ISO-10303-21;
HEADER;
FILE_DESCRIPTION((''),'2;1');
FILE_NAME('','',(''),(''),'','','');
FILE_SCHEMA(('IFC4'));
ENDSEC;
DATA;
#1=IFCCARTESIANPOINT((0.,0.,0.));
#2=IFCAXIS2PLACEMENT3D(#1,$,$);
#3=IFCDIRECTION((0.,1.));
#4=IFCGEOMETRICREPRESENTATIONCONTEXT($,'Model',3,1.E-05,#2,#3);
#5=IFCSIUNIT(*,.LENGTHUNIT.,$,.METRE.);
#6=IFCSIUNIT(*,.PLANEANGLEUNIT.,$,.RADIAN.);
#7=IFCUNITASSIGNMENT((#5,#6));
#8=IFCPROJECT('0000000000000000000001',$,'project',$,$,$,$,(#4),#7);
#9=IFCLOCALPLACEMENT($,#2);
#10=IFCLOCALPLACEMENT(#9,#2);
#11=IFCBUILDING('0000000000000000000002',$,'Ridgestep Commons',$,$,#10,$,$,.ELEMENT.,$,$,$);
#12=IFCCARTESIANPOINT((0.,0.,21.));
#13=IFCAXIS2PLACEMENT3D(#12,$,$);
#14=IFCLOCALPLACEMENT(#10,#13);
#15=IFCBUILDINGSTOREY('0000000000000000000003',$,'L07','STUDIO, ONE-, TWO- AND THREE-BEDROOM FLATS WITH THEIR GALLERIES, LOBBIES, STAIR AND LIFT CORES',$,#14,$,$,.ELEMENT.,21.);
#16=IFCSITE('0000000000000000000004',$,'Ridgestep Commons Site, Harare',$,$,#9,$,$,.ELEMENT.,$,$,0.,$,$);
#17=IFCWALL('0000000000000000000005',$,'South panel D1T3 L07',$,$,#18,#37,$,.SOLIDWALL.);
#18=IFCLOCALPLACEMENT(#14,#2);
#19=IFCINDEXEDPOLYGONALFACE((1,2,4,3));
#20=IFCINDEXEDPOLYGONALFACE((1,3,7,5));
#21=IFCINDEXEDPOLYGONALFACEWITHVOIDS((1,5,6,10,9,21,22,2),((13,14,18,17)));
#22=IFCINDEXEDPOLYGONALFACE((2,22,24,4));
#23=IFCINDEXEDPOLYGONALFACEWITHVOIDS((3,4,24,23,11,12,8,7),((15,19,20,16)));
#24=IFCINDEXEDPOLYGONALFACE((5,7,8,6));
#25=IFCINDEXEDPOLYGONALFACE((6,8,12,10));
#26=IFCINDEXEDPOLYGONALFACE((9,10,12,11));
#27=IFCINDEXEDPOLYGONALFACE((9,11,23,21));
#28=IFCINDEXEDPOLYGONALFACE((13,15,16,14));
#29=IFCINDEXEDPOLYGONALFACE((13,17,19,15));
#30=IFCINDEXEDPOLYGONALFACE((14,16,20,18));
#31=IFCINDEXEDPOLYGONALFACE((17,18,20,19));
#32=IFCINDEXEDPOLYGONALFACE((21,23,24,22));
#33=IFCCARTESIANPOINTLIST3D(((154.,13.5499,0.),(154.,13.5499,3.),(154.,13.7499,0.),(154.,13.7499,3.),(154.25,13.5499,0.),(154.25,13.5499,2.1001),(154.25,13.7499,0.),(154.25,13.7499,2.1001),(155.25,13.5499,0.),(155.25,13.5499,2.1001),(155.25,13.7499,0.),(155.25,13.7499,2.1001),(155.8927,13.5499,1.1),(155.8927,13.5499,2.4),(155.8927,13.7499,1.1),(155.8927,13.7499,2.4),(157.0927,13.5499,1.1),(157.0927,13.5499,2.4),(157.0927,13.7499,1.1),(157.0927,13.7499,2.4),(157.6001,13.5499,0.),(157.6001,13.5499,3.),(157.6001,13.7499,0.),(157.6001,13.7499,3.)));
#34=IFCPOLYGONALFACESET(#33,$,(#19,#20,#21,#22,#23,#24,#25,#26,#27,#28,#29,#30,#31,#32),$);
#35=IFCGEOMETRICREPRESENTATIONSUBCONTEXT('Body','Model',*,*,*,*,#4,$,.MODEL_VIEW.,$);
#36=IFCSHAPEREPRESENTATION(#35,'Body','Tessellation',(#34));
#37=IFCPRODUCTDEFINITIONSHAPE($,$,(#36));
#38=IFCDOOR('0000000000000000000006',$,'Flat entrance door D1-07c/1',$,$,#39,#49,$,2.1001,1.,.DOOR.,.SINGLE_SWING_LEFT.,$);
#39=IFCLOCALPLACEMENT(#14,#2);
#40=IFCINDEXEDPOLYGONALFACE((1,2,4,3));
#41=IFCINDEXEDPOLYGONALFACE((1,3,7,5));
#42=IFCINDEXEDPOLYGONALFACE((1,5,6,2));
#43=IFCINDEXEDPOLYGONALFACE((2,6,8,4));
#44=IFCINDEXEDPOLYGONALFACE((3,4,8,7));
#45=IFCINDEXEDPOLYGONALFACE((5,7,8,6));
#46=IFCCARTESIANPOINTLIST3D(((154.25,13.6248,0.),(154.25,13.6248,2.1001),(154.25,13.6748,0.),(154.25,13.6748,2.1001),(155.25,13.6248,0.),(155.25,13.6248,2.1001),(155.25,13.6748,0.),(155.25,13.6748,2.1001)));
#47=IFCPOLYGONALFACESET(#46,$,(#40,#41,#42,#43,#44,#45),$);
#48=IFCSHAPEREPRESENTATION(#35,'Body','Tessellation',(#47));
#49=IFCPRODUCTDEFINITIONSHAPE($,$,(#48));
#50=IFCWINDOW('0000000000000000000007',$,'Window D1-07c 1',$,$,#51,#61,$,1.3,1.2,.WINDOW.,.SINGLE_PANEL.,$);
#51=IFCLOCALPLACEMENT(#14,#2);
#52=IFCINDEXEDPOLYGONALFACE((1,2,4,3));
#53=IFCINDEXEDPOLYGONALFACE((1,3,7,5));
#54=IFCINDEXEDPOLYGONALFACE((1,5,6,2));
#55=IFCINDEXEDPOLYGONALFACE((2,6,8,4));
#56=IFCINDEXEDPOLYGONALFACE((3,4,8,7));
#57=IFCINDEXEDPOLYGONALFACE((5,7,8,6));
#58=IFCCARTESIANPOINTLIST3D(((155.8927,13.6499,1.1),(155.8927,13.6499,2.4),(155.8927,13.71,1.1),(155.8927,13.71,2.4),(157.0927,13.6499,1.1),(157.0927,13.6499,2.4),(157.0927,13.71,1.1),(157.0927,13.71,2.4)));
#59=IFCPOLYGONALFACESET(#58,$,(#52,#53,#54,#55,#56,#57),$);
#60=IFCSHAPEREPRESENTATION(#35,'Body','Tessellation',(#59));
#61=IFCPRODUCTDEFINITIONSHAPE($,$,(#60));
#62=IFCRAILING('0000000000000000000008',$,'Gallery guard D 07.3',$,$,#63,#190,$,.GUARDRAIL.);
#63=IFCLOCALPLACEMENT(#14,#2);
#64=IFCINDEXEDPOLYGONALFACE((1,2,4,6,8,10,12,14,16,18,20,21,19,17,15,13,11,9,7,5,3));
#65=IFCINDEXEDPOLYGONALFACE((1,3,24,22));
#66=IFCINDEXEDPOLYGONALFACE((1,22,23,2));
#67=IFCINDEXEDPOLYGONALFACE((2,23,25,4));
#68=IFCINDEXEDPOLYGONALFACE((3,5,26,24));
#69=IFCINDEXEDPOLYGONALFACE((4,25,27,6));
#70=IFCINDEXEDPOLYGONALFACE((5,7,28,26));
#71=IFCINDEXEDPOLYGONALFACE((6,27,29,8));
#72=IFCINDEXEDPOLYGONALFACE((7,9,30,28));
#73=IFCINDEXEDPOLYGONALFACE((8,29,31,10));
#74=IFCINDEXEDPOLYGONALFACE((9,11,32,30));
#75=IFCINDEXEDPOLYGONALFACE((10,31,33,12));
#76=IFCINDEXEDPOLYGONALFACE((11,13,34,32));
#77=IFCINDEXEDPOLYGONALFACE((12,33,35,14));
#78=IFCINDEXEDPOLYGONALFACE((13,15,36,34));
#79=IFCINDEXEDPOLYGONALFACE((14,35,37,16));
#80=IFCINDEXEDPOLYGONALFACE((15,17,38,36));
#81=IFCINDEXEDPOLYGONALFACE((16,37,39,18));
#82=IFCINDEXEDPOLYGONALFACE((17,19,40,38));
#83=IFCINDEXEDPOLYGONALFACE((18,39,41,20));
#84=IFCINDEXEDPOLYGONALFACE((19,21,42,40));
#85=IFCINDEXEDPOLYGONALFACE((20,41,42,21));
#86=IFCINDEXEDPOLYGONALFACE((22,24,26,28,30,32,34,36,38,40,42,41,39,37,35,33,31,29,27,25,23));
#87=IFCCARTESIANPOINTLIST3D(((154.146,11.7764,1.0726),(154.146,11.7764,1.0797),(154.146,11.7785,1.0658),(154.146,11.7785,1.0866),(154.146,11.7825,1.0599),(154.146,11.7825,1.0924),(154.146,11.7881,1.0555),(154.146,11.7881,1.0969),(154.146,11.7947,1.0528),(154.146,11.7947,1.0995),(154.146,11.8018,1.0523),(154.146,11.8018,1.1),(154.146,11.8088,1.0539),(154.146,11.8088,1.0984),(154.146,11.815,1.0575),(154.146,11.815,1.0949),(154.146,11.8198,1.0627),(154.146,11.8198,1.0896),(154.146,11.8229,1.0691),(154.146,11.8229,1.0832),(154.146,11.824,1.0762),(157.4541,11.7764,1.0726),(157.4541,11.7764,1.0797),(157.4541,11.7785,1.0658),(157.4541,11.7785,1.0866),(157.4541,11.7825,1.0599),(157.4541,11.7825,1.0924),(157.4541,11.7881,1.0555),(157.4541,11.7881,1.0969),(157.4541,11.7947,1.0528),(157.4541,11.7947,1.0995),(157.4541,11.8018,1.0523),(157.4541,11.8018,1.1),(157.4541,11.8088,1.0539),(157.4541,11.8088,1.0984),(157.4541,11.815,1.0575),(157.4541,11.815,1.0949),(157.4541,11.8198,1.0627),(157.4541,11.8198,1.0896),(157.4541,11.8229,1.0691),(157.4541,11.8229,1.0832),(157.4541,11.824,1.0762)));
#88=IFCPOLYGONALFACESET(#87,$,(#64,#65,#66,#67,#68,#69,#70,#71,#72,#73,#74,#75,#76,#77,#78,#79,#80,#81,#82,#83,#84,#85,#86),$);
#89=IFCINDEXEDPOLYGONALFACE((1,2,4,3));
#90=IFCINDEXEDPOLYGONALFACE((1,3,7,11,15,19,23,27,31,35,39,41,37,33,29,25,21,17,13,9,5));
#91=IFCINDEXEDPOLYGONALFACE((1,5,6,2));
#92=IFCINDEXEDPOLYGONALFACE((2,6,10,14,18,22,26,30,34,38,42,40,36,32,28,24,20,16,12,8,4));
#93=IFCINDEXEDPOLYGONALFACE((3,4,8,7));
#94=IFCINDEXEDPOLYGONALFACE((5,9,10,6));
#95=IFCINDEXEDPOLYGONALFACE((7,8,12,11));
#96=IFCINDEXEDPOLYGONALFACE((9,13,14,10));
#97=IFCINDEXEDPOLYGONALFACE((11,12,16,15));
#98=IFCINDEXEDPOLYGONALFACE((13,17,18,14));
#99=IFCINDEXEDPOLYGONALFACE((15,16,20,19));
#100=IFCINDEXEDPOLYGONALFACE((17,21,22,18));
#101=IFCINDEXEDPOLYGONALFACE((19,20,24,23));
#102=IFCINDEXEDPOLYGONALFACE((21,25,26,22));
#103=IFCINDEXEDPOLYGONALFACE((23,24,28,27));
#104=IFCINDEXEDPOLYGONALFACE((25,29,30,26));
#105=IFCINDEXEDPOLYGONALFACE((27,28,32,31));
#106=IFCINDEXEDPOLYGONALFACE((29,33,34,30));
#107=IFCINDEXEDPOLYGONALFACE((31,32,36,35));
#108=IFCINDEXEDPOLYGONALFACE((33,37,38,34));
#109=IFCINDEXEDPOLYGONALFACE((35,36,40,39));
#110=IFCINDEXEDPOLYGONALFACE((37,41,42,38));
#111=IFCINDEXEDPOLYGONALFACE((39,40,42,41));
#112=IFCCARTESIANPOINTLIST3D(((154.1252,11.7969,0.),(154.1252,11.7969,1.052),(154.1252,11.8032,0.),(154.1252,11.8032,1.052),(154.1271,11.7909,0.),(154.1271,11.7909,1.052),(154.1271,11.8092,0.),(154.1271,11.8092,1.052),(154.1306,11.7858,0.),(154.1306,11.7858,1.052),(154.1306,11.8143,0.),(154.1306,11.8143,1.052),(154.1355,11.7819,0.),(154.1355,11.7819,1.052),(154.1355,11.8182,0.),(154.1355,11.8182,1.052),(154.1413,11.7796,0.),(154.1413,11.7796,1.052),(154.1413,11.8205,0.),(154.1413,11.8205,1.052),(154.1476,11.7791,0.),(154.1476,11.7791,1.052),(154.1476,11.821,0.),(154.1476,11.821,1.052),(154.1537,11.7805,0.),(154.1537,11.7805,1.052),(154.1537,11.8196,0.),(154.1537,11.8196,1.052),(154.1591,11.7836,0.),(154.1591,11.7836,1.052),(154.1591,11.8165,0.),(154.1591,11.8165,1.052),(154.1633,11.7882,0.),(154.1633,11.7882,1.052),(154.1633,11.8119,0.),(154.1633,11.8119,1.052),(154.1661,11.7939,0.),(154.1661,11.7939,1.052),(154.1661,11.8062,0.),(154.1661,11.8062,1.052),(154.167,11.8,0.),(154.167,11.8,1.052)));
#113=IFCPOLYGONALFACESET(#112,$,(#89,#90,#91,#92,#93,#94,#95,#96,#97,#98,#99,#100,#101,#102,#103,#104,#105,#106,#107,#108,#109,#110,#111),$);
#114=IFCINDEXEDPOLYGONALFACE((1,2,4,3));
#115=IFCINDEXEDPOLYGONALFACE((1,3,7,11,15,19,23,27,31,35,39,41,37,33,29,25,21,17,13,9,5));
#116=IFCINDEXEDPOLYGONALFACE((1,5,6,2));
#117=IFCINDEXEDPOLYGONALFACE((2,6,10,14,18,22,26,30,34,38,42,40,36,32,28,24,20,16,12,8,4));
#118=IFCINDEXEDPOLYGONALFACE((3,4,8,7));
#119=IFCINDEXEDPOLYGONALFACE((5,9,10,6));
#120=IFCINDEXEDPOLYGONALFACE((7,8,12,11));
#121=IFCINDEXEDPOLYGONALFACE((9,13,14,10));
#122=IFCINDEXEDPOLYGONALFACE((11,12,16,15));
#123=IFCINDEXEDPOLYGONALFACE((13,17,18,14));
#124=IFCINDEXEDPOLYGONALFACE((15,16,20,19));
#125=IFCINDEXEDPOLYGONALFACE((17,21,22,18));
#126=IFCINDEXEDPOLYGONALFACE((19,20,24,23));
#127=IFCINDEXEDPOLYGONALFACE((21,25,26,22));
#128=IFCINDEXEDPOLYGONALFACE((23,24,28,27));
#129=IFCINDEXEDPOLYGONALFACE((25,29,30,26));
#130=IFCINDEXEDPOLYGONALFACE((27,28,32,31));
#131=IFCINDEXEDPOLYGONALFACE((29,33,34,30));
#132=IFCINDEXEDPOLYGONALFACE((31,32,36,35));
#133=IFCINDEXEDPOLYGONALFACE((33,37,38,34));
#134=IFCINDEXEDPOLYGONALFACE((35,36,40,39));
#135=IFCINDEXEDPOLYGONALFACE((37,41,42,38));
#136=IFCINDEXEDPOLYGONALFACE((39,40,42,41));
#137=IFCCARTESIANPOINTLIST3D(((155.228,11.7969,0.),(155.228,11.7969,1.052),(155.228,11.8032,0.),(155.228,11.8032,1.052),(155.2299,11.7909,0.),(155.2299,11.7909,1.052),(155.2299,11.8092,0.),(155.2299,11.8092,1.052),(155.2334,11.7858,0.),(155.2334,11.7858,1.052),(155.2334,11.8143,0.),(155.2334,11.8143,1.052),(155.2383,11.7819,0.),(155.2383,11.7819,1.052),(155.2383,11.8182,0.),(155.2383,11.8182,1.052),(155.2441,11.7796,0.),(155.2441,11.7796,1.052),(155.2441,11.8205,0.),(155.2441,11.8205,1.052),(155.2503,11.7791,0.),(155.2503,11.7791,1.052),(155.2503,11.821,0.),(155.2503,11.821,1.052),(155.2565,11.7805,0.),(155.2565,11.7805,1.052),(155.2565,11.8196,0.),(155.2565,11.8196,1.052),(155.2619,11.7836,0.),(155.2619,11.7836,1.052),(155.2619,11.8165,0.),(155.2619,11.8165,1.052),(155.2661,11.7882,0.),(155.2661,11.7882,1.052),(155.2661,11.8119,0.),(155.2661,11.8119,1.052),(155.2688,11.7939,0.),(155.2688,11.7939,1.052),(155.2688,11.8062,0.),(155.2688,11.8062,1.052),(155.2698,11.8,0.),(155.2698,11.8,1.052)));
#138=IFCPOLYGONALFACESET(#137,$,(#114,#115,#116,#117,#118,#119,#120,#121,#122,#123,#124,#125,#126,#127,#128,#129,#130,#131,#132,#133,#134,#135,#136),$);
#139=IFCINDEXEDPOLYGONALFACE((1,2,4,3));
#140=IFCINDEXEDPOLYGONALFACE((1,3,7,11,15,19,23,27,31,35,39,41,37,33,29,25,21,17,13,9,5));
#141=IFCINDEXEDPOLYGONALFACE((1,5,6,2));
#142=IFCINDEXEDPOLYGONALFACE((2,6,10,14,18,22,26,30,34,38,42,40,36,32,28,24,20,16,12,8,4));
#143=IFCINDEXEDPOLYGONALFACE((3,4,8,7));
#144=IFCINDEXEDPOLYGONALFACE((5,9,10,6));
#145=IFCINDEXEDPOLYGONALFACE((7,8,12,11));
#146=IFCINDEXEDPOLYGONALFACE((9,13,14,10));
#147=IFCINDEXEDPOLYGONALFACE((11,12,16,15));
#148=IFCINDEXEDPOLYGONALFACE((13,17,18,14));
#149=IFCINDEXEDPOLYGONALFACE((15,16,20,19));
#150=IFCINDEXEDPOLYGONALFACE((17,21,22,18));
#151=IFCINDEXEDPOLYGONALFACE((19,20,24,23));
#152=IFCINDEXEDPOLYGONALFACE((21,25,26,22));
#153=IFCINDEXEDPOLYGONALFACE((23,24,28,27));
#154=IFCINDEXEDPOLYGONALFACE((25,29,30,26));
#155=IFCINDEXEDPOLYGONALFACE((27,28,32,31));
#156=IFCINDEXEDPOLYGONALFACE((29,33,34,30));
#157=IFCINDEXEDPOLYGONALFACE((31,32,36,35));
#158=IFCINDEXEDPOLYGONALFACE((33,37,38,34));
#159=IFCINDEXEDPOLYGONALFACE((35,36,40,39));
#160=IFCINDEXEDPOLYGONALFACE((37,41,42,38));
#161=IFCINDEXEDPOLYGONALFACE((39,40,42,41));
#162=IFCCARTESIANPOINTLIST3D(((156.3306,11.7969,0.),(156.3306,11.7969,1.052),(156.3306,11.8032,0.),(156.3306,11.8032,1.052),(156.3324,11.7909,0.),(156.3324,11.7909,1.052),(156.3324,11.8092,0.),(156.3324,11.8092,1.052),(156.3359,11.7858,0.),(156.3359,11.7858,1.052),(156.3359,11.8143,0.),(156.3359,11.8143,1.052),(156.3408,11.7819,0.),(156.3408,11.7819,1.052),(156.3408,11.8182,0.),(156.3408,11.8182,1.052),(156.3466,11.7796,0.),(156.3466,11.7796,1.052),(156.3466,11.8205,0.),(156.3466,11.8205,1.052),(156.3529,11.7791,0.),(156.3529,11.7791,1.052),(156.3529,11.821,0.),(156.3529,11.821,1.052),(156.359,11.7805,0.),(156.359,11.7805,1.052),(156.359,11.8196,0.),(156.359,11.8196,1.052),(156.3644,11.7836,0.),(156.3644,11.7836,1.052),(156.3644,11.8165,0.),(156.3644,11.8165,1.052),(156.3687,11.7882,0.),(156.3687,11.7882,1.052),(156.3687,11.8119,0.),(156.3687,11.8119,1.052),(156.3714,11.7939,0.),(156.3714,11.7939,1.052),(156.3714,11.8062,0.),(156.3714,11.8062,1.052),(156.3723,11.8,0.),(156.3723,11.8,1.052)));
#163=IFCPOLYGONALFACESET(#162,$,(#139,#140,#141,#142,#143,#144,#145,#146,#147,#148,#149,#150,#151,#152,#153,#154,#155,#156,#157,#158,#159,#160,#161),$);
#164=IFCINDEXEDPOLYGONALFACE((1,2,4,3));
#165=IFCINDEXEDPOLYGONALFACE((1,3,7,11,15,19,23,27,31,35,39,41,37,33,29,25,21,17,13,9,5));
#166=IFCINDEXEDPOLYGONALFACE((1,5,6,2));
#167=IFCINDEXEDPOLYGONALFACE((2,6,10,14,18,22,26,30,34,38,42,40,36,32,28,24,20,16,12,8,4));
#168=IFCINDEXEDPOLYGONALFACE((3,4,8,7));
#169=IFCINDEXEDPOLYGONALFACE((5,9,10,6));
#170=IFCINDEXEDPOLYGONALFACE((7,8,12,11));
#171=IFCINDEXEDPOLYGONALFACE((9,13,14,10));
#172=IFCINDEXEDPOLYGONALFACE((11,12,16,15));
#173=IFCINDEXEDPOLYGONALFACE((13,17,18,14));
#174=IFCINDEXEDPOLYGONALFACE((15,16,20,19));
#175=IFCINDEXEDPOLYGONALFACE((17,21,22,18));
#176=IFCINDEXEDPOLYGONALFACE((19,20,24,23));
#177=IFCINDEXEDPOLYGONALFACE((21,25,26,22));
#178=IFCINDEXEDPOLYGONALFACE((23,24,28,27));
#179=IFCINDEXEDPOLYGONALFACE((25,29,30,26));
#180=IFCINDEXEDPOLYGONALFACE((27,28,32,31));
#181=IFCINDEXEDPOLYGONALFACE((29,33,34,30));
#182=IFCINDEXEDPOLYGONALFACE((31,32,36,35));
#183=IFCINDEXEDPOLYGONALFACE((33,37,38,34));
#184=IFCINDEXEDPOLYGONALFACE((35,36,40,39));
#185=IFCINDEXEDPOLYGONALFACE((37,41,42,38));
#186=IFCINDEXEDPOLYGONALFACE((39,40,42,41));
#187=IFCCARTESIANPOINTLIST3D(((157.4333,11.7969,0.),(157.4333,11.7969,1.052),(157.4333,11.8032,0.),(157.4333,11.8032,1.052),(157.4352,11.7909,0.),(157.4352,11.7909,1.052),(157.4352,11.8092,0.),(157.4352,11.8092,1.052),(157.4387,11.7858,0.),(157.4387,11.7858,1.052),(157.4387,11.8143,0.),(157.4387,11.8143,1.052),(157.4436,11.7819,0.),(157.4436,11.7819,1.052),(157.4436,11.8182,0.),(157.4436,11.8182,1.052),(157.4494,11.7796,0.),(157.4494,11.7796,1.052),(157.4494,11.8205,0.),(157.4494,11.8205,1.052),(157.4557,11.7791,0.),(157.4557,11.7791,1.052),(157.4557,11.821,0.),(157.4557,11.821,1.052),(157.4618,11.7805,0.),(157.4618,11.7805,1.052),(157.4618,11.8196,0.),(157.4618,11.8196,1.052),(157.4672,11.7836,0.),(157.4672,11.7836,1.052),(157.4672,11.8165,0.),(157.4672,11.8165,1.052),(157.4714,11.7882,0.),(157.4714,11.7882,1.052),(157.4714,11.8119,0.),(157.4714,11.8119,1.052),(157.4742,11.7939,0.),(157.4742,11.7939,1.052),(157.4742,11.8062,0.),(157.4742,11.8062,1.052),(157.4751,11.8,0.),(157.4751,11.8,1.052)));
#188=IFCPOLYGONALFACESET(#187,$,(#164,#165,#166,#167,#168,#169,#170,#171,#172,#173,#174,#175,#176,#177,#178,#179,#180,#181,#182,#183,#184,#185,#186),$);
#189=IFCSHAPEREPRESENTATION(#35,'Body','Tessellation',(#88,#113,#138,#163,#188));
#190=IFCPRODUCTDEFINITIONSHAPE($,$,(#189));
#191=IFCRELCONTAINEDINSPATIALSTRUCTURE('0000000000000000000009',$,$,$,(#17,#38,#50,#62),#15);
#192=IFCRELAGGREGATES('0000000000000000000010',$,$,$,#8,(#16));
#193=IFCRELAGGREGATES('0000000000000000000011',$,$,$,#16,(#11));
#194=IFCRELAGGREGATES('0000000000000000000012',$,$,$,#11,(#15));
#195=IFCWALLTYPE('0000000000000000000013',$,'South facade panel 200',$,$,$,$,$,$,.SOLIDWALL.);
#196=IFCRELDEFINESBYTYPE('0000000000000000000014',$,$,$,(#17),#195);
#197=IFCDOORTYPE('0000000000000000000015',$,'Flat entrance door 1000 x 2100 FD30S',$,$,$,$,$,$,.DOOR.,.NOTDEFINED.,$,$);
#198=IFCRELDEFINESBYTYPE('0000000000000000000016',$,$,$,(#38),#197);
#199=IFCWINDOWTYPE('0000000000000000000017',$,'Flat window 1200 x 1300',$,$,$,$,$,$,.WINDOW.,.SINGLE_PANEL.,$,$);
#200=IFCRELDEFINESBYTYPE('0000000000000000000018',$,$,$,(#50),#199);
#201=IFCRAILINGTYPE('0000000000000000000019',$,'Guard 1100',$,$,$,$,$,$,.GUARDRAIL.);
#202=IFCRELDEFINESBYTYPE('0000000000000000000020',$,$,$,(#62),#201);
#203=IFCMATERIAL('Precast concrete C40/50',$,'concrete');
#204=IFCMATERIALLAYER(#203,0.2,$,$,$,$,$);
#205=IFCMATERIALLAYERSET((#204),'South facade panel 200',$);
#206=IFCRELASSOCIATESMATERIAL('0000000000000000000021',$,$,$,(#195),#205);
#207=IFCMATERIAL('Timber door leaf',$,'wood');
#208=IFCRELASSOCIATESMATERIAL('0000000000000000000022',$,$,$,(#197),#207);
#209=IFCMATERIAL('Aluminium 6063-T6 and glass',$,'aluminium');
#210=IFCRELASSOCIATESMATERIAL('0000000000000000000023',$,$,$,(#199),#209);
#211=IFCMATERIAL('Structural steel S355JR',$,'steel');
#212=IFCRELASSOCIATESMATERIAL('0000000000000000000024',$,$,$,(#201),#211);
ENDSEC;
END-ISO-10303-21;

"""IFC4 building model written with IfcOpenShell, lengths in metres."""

from ifc_helpers import new_model, si_unit, direction, frame, frame_2d, origin, origin_2d, place, context, subcontext, project, spatial, rectangle, circle, extrude, material, layer, layer_set, type_object, element, fill, save


model = new_model("IFC4")

# Units and contexts
model_context = context("Model", 3, precision=1e-05, world=origin(), true_north=direction((0.0, 1.0)))
body_context = subcontext(model_context, "Body", "Model", "MODEL_VIEW")
ifc_project = project(units=[si_unit("LENGTHUNIT", "METRE"), si_unit("PLANEANGLEUNIT", "RADIAN")], contexts=[model_context])

# Site, building, storey
site_placement = place(None, origin())
site = spatial("IfcSite", under=ifc_project, at=site_placement, Name="Ridgestep Commons Site, Harare", CompositionType="ELEMENT", RefElevation=0.0)
building_placement = place(site_placement, origin())
building = spatial("IfcBuilding", under=site, at=building_placement, Name="Ridgestep Commons", CompositionType="ELEMENT")
storey_placement = place(building_placement, frame((0.0, 0.0, 21.0)))
storey = spatial("IfcBuildingStorey", under=building, at=storey_placement, Name="L07", Description="STUDIO, ONE-, TWO- AND THREE-BEDROOM FLATS WITH THEIR GALLERIES, LOBBIES, STAIR AND LIFT CORES", CompositionType="ELEMENT", Elevation=21.0)

# Wall, openings, door, window
ifc_material_1 = material(Name="Precast concrete C40/50", Category="concrete")
ifc_layer_1 = layer(ifc_material_1, 0.2)
ifc_layer_set_1 = layer_set([ifc_layer_1], Name="South facade panel 200")
wall_type_1 = type_object("IfcWallType", Name="South facade panel 200", PredefinedType="SOLIDWALL", material=ifc_layer_set_1)
wall_1_placement = place(storey_placement, frame((154.0, 13.6499, 0.0), z_axis=(0.0, 0.0, 1.0), x_axis=(1.0, 0.0, 0.0)))
wall_1 = element("IfcWall", 1, at=wall_1_placement, inside=storey, type_object=wall_type_1, Name="South panel D1T3 L07", PredefinedType="SOLIDWALL", context=body_context, shape_type="SweptSolid", body=[
    extrude(rectangle(XDim=3.6001, YDim=0.2, at=frame_2d((1.8, 0.0))), origin(), (0.0, 0.0, 1.0), 3.0),
])
opening_1_placement = place(wall_1_placement, frame((1.8926, 0.0, 1.1001)))
opening_1 = element("IfcOpeningElement", 2, at=opening_1_placement, cuts=wall_1, PredefinedType="OPENING", context=body_context, shape_type="SweptSolid", body=[
    extrude(rectangle(XDim=1.2, YDim=1.3, at=frame_2d((0.6001, 0.6499))), frame((0.0, 0.1099, 0.0), z_axis=(0.0, -1.0, 0.0), x_axis=(1.0, 0.0, 0.0)), (0.0, 0.0, 1.0), 0.22),
])
opening_2_placement = place(wall_1_placement, frame((0.25, 0.0, 0.0)))
opening_2 = element("IfcOpeningElement", 3, at=opening_2_placement, cuts=wall_1, PredefinedType="OPENING", context=body_context, shape_type="SweptSolid", body=[
    extrude(rectangle(XDim=1.0, YDim=2.1001, at=frame_2d((0.5, 1.05))), frame((0.0, 0.1099, 0.0), z_axis=(0.0, -1.0, 0.0), x_axis=(1.0, 0.0, 0.0)), (0.0, 0.0, 1.0), 0.22),
])
ifc_material_2 = material(Name="Timber door leaf", Category="wood")
door_type_1 = type_object("IfcDoorType", Name="Flat entrance door 1000 x 2100 FD30S", OperationType="NOTDEFINED", PredefinedType="DOOR", material=ifc_material_2)
door_1_placement = place(opening_2_placement, origin())
door_1 = element("IfcDoor", 4, at=door_1_placement, inside=storey, type_object=door_type_1, Name="Flat entrance door D1-07c/1", OperationType="SINGLE_SWING_LEFT", OverallHeight=2.1001, OverallWidth=1.0, PredefinedType="DOOR", context=body_context, shape_type="SweptSolid", body=[
    extrude(rectangle(XDim=1.0, YDim=2.1001, at=frame_2d((0.5, 1.05))), frame((0.0, 0.0249, 0.0), z_axis=(0.0, -1.0, 0.0), x_axis=(1.0, 0.0, 0.0)), (0.0, 0.0, 1.0), 0.05),
])
fill(opening_2, door_1)
ifc_material_3 = material(Name="Aluminium 6063-T6 and glass", Category="aluminium")
window_type = type_object("IfcWindowType", Name="Flat window 1200 x 1300", PartitioningType="SINGLE_PANEL", PredefinedType="WINDOW", material=ifc_material_3)
window_placement = place(opening_1_placement, origin())
window = element("IfcWindow", 5, at=window_placement, inside=storey, type_object=window_type, Name="Window D1-07c 1", OverallHeight=1.3, OverallWidth=1.2, PartitioningType="SINGLE_PANEL", PredefinedType="WINDOW", context=body_context, shape_type="SweptSolid", body=[
    extrude(rectangle(XDim=1.2, YDim=1.3, at=frame_2d((0.6001, 0.6499))), frame((0.0, 0.0601, 0.0), z_axis=(0.0, -1.0, 0.0), x_axis=(1.0, 0.0, 0.0)), (0.0, 0.0, 1.0), 0.0601),
])
fill(opening_1, window)

# Railing
ifc_material_4 = material(Name="Structural steel S355JR", Category="steel")
railing_type = type_object("IfcRailingType", Name="Guard 1100", PredefinedType="GUARDRAIL", material=ifc_material_4)
railing_placement = place(storey_placement, frame((154.146, 11.8, 0.0)))
element("IfcRailing", 6, at=railing_placement, inside=storey, type_object=railing_type, Name="Gallery guard D 07.3", PredefinedType="GUARDRAIL", context=body_context, shape_type="SweptSolid", body=[
    extrude(circle(Radius=0.0239, at=origin_2d()), frame((0.0, 0.0, 1.0762), z_axis=(1.0, 0.0, 0.0), x_axis=(0.0, 1.0, 0.0)), (0.0, 0.0, 1.0), 3.3081),
    extrude(circle(Radius=0.021, at=origin_2d()), origin(), (0.0, 0.0, 1.0), 1.052),
    extrude(circle(Radius=0.021, at=origin_2d()), frame((1.1028, 0.0, 0.0)), (0.0, 0.0, 1.0), 1.052),
    extrude(circle(Radius=0.021, at=origin_2d()), frame((2.2053, 0.0, 0.0)), (0.0, 0.0, 1.0), 1.052),
    extrude(circle(Radius=0.021, at=origin_2d()), frame((3.3081, 0.0, 0.0)), (0.0, 0.0, 1.0), 1.052),
])

save(model, "model.ifc")
